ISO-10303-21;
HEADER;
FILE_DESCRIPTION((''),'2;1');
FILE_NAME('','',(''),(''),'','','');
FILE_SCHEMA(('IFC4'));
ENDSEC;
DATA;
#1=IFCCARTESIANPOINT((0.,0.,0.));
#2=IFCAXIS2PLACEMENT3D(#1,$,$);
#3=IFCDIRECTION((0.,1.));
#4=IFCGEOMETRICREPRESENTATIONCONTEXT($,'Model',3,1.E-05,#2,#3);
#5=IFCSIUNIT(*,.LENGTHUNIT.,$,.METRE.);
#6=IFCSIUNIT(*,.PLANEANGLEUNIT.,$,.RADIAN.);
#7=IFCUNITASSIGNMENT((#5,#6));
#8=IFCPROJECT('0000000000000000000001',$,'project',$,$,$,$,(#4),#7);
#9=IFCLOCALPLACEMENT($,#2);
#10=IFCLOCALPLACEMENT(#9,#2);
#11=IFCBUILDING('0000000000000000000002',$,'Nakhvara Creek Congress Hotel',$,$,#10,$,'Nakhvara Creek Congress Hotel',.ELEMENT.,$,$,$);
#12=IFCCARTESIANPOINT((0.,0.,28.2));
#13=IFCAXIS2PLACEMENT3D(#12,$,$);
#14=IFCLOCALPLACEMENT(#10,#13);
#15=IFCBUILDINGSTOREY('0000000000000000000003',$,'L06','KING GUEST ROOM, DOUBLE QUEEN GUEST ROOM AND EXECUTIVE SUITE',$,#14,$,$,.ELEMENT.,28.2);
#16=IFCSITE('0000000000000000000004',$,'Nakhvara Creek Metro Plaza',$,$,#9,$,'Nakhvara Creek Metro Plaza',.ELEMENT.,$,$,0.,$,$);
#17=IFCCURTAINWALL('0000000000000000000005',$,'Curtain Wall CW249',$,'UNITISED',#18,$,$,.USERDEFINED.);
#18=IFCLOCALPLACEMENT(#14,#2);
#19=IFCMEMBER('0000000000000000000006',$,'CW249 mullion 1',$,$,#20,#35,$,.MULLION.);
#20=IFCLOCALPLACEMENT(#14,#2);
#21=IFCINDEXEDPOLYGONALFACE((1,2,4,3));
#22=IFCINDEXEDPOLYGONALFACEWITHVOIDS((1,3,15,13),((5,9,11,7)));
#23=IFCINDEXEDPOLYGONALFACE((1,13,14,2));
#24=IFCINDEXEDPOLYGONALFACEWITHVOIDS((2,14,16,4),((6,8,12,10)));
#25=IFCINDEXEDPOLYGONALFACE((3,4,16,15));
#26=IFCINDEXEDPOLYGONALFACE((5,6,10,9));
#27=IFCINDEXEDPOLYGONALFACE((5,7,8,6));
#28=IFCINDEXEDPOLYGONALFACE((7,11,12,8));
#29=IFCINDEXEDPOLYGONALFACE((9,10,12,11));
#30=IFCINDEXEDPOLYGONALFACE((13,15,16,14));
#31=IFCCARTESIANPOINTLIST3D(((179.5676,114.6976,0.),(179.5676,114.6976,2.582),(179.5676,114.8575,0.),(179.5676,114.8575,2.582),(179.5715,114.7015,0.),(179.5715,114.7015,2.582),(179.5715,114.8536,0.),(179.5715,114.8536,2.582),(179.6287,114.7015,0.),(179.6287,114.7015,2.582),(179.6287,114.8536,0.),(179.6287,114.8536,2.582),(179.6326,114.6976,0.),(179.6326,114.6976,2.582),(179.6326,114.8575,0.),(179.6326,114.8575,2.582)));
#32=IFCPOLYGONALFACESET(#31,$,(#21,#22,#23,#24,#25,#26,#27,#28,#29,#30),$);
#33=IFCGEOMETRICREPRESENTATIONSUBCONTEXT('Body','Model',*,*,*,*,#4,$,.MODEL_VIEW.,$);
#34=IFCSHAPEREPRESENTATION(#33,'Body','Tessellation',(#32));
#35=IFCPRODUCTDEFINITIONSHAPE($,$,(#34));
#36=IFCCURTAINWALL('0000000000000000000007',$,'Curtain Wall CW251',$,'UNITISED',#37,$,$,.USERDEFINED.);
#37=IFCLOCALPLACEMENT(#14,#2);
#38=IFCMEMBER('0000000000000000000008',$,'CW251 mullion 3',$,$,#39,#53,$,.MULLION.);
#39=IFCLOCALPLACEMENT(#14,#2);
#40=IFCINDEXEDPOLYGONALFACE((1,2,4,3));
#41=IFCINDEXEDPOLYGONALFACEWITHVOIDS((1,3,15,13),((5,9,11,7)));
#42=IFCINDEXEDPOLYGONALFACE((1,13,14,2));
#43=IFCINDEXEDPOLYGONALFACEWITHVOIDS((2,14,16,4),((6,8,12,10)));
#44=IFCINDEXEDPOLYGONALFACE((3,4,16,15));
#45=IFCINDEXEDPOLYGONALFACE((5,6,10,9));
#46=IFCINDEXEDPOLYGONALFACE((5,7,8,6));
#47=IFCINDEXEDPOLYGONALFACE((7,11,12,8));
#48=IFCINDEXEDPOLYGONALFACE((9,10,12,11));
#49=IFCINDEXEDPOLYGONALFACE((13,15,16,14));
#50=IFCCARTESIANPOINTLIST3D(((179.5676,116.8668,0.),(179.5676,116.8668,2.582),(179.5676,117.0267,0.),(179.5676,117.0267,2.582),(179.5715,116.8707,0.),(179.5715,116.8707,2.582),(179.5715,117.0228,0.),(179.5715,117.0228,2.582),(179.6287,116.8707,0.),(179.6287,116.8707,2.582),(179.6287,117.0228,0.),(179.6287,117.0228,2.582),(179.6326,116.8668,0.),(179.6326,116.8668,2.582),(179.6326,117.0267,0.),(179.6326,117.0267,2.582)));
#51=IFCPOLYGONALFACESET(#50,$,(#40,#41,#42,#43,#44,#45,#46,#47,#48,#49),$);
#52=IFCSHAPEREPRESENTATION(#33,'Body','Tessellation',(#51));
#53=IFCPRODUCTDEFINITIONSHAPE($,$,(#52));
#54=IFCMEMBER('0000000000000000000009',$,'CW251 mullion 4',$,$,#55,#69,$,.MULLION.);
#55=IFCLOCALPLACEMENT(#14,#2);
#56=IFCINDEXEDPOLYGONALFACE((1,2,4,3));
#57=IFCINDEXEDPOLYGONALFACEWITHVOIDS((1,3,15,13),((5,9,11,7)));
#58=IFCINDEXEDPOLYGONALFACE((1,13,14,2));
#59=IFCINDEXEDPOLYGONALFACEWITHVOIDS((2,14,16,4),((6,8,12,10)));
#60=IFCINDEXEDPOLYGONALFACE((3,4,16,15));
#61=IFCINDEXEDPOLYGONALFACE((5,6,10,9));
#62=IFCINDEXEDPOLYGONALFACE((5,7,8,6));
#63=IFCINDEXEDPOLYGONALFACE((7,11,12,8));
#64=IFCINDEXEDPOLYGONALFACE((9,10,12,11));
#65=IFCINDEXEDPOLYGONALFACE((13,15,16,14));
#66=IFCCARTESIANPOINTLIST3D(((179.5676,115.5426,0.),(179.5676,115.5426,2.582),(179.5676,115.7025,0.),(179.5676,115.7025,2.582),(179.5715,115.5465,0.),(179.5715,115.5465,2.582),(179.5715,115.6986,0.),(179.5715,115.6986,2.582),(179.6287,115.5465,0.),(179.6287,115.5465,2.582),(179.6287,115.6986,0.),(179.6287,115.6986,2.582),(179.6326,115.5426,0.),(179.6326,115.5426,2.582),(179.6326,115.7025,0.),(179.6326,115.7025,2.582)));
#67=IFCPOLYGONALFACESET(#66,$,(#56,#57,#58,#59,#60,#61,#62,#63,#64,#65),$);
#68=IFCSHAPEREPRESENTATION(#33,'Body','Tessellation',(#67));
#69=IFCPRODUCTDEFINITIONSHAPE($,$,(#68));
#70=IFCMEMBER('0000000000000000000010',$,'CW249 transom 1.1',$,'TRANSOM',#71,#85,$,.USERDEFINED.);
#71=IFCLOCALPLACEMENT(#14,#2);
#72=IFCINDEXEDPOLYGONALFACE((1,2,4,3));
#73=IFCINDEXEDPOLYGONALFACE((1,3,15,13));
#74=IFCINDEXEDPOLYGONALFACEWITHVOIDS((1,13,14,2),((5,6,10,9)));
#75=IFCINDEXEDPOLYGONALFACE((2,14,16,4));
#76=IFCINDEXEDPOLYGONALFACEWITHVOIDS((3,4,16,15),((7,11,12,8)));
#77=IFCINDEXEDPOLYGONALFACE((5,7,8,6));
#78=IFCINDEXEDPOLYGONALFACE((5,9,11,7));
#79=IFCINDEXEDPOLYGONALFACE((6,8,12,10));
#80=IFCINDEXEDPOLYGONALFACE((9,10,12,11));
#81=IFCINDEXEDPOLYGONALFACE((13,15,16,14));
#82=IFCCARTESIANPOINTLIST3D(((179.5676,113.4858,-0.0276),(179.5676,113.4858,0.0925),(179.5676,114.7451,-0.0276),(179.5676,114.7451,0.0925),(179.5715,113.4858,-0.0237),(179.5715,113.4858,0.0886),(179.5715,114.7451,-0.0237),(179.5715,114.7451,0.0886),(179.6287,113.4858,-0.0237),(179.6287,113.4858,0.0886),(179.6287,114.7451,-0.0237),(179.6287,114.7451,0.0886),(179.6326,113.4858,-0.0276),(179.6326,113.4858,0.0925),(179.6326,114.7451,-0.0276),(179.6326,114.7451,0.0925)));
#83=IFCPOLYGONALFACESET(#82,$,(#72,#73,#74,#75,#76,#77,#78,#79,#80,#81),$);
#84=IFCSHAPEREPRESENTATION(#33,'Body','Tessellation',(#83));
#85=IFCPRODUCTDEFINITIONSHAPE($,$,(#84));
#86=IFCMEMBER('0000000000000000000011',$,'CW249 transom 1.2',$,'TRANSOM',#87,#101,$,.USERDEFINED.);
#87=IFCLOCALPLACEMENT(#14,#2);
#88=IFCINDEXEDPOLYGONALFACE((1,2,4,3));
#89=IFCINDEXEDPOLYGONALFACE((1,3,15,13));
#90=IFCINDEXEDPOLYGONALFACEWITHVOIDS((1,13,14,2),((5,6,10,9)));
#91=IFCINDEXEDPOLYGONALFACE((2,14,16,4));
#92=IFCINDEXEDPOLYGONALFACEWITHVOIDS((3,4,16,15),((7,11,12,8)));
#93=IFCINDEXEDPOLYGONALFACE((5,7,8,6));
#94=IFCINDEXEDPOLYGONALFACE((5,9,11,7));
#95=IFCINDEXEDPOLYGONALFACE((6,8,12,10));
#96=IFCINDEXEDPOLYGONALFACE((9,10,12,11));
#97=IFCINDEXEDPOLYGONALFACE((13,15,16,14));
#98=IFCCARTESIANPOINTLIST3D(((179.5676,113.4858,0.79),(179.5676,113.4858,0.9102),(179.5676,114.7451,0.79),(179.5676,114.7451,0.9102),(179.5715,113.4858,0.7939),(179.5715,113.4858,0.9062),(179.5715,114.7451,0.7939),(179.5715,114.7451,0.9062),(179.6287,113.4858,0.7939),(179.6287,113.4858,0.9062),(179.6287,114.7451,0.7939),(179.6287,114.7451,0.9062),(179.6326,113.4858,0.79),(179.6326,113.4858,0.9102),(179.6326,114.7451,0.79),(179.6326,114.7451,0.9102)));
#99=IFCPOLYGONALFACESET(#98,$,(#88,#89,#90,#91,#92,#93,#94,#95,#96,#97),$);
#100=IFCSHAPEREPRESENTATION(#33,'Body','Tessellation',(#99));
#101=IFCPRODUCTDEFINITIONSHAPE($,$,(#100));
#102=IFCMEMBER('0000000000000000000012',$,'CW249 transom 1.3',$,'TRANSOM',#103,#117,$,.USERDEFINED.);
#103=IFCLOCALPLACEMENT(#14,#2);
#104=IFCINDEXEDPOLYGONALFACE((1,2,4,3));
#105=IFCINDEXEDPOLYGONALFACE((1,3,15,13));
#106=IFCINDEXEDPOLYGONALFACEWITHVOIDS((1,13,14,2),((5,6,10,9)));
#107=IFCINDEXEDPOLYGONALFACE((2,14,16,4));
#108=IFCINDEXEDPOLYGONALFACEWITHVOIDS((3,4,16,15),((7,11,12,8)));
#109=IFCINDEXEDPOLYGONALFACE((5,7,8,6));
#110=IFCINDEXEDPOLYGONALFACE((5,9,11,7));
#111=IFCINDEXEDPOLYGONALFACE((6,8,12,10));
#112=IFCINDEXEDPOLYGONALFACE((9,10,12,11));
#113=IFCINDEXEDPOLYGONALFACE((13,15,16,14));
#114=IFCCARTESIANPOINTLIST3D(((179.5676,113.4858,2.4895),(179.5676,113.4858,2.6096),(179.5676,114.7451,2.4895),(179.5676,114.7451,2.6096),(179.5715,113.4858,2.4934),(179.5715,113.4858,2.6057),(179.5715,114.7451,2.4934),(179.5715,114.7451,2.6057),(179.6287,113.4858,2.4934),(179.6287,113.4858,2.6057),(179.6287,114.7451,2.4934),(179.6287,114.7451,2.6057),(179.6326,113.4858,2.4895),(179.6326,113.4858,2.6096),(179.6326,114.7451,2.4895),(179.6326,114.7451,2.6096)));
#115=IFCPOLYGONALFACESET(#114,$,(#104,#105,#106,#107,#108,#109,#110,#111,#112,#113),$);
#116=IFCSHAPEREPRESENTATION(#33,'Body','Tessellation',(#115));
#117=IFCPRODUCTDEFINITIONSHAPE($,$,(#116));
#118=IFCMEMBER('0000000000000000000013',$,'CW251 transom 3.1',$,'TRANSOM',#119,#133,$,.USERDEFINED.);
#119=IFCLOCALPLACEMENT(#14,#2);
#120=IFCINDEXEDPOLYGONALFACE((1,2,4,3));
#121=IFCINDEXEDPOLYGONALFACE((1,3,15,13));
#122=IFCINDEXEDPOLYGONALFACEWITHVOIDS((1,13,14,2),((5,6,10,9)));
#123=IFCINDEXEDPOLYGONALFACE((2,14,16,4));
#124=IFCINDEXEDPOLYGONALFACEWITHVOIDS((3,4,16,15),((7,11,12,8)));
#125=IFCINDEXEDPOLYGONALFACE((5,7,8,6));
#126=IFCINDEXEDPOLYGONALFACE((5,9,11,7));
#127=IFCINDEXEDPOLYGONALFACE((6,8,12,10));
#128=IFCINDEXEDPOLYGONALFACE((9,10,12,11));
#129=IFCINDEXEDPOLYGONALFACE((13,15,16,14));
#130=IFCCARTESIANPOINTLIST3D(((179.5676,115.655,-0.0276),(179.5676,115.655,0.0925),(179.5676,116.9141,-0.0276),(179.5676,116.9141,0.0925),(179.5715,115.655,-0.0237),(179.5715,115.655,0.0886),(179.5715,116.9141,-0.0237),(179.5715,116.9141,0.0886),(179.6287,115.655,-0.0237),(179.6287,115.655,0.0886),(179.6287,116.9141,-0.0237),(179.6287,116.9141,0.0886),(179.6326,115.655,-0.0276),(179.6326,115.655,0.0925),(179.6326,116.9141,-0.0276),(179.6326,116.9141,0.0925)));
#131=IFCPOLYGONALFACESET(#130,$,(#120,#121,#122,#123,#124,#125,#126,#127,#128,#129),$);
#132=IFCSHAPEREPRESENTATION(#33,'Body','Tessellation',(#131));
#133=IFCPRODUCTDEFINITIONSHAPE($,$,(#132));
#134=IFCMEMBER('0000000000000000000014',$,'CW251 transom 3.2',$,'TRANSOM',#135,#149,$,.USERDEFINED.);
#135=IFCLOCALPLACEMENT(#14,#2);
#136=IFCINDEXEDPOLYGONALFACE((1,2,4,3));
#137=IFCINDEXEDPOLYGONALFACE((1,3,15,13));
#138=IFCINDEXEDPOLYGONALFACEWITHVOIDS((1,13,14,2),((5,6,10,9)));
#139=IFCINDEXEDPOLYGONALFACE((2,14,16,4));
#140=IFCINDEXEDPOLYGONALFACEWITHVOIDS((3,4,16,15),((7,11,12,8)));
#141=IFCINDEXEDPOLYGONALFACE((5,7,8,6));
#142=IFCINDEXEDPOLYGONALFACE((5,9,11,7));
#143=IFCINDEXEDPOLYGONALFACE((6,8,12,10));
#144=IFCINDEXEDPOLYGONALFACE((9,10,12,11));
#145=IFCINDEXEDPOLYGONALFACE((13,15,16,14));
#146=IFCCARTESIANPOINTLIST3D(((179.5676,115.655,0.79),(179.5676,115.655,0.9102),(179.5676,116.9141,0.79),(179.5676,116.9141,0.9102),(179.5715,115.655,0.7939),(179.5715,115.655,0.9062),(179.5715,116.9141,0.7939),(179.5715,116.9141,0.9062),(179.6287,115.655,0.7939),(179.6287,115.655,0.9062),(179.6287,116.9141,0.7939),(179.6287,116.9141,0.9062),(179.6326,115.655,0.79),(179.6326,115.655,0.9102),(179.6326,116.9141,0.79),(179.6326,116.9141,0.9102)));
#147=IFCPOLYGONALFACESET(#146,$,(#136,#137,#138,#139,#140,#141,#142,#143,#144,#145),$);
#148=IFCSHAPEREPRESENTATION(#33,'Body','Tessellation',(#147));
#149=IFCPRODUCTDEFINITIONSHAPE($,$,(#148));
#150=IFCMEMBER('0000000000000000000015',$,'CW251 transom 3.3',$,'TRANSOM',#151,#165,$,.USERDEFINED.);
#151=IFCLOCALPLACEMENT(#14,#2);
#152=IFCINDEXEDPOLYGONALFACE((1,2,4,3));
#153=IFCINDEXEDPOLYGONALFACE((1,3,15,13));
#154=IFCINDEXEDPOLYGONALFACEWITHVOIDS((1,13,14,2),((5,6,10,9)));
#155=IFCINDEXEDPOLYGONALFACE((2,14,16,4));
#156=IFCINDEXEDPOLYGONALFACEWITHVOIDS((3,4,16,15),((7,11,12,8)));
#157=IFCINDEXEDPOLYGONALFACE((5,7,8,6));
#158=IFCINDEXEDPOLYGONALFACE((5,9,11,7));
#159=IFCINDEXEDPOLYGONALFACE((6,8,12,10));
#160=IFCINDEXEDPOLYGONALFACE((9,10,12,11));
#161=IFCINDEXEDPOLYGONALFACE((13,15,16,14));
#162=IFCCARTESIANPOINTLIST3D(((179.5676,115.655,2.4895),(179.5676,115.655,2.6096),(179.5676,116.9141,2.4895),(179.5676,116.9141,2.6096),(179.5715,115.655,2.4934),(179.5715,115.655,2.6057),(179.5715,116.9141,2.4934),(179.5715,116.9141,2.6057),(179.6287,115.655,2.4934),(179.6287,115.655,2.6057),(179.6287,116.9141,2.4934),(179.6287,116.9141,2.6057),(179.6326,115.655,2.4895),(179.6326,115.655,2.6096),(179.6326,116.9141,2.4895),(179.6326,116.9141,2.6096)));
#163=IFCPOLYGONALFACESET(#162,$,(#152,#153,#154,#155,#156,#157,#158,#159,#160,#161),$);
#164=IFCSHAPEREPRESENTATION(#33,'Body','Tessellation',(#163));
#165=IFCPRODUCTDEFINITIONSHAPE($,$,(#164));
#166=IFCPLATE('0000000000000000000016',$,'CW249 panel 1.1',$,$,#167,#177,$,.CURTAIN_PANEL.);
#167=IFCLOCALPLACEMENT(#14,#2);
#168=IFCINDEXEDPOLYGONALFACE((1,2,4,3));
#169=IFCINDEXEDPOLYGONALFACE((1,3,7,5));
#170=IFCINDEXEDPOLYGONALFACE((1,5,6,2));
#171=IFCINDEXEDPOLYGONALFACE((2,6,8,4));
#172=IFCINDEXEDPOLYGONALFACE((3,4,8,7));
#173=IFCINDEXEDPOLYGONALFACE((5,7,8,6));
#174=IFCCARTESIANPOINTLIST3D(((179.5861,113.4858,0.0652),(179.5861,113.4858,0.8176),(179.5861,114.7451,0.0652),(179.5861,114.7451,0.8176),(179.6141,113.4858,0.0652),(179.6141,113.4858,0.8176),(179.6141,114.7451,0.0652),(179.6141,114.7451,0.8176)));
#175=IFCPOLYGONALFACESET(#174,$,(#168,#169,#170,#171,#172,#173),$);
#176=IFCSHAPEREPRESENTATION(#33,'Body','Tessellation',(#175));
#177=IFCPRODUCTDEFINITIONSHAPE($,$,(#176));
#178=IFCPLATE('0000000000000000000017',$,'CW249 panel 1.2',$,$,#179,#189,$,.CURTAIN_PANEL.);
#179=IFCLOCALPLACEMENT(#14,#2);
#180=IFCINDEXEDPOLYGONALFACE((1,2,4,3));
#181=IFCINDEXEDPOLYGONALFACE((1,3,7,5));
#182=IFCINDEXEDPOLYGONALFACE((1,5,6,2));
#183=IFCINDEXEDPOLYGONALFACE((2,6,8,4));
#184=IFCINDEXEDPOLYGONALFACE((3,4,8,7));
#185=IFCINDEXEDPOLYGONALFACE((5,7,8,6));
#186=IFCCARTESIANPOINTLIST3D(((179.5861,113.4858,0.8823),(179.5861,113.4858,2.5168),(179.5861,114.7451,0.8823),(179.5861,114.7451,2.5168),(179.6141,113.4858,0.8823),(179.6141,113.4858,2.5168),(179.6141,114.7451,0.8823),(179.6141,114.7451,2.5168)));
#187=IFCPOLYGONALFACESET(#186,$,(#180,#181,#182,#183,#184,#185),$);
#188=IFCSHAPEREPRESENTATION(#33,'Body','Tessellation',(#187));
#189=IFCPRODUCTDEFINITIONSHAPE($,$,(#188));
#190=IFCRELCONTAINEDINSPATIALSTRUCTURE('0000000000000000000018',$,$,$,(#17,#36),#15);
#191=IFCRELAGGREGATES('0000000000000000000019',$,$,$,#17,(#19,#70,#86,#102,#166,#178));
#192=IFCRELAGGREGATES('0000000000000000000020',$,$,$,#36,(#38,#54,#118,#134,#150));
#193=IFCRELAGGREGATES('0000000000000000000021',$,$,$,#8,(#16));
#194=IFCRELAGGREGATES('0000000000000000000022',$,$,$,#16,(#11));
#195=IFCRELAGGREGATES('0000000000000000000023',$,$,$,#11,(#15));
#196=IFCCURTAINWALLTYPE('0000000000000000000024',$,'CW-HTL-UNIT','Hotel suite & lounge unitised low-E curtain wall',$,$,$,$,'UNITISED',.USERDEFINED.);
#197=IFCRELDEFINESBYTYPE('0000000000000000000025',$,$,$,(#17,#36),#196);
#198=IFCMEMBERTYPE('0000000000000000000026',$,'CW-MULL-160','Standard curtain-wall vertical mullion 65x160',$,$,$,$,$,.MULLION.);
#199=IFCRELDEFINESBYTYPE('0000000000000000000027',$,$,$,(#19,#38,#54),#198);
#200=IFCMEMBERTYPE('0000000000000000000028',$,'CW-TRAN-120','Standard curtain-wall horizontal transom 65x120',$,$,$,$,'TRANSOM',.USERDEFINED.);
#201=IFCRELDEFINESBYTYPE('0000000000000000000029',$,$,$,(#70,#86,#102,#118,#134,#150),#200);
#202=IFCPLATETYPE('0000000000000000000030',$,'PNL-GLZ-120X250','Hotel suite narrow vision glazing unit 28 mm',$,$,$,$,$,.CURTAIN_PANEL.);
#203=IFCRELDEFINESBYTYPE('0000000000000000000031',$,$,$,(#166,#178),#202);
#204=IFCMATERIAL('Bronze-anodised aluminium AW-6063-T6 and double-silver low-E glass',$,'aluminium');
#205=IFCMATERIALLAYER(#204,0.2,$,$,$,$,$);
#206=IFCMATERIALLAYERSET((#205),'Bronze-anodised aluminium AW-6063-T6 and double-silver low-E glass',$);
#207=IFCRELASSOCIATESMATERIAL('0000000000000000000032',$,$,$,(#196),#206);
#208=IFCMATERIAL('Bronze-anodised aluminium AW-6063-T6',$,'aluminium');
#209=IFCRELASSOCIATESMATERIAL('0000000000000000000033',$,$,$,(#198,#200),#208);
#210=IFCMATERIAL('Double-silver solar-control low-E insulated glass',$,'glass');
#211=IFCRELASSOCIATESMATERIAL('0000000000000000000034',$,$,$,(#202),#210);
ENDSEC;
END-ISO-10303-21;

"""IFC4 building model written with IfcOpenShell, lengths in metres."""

from ifc_helpers import new_model, si_unit, direction, frame, origin, origin_2d, place, context, subcontext, project, spatial, rectangle, hollow_rectangle, extrude, material, layer, layer_set, material_profile, profile_set, type_object, element, aggregate, save


model = new_model("IFC4")

# Units and contexts
model_context = context("Model", 3, precision=1e-05, world=origin(), true_north=direction((0.0, 1.0)))
body_context = subcontext(model_context, "Body", "Model", "MODEL_VIEW")
ifc_project = project(units=[si_unit("LENGTHUNIT", "METRE"), si_unit("PLANEANGLEUNIT", "RADIAN")], contexts=[model_context])

# Site, building, storey
site_placement = place(None, origin())
site = spatial("IfcSite", under=ifc_project, at=site_placement, Name="Nakhvara Creek Metro Plaza", LongName="Nakhvara Creek Metro Plaza", CompositionType="ELEMENT", RefElevation=0.0)
building_placement = place(site_placement, origin())
building = spatial("IfcBuilding", under=site, at=building_placement, Name="Nakhvara Creek Congress Hotel", LongName="Nakhvara Creek Congress Hotel", CompositionType="ELEMENT")
storey_placement = place(building_placement, frame((0.0, 0.0, 28.2)))
storey = spatial("IfcBuildingStorey", under=building, at=storey_placement, Name="L06", Description="KING GUEST ROOM, DOUBLE QUEEN GUEST ROOM AND EXECUTIVE SUITE", CompositionType="ELEMENT", Elevation=28.2)

# Curtain wall, member
ifc_material_1 = material(Name="Bronze-anodised aluminium AW-6063-T6 and double-silver low-E glass", Category="aluminium")
ifc_layer_1 = layer(ifc_material_1, 0.2)
ifc_layer_set_1 = layer_set([ifc_layer_1], Name="Bronze-anodised aluminium AW-6063-T6 and double-silver low-E glass")
curtain_wall_type = type_object("IfcCurtainWallType", Name="CW-HTL-UNIT", Description="Hotel suite & lounge unitised low-E curtain wall", ElementType="UNITISED", PredefinedType="USERDEFINED", material=ifc_layer_set_1)
curtain_wall_1_placement = place(storey_placement, origin())
curtain_wall_1 = element("IfcCurtainWall", 1, at=curtain_wall_1_placement, inside=storey, type_object=curtain_wall_type, Name="Curtain Wall CW249", ObjectType="UNITISED", PredefinedType="USERDEFINED")
ifc_material_2 = material(Name="Bronze-anodised aluminium AW-6063-T6", Category="aluminium")
ifc_material_profile_1 = material_profile(ifc_material_2, hollow_rectangle(XDim=0.0649, YDim=0.1599, WallThickness=0.0039, at=origin_2d()), Name="ALU-MULL 65x160x4", Category="LoadBearing")
ifc_profile_set_1 = profile_set([ifc_material_profile_1], Name="Bronze-anodised aluminium AW-6063-T6")
member_type_1 = type_object("IfcMemberType", Name="CW-MULL-160", Description="Standard curtain-wall vertical mullion 65x160", PredefinedType="MULLION", material=ifc_profile_set_1)
member_1_placement = place(storey_placement, frame((179.6001, 114.7776, 0.0), z_axis=(0.0, 0.0, 1.0), x_axis=(1.0, 0.0, 0.0)))
member_1 = element("IfcMember", 2, at=member_1_placement, type_object=member_type_1, Name="CW249 mullion 1", PredefinedType="MULLION", context=body_context, shape_type="SweptSolid", body=[
    extrude(hollow_rectangle(XDim=0.0649, YDim=0.1599, WallThickness=0.0039, at=origin_2d()), origin(), (0.0, 0.0, 1.0), 2.582),
])

# Curtain wall, members
curtain_wall_2_placement = place(storey_placement, origin())
curtain_wall_2 = element("IfcCurtainWall", 3, at=curtain_wall_2_placement, inside=storey, type_object=curtain_wall_type, Name="Curtain Wall CW251", ObjectType="UNITISED", PredefinedType="USERDEFINED")
member_2_placement = place(storey_placement, frame((179.6001, 116.9468, 0.0), z_axis=(0.0, 0.0, 1.0), x_axis=(1.0, 0.0, 0.0)))
member_2 = element("IfcMember", 4, at=member_2_placement, type_object=member_type_1, Name="CW251 mullion 3", PredefinedType="MULLION", context=body_context, shape_type="SweptSolid", body=[
    extrude(hollow_rectangle(XDim=0.0649, YDim=0.1599, WallThickness=0.0039, at=origin_2d()), origin(), (0.0, 0.0, 1.0), 2.582),
])
member_3_placement = place(storey_placement, frame((179.6001, 115.6226, 0.0), z_axis=(0.0, 0.0, 1.0), x_axis=(1.0, 0.0, 0.0)))
member_3 = element("IfcMember", 5, at=member_3_placement, type_object=member_type_1, Name="CW251 mullion 4", PredefinedType="MULLION", context=body_context, shape_type="SweptSolid", body=[
    extrude(hollow_rectangle(XDim=0.0649, YDim=0.1599, WallThickness=0.0039, at=origin_2d()), origin(), (0.0, 0.0, 1.0), 2.582),
])

# Members
ifc_material_profile_2 = material_profile(ifc_material_2, hollow_rectangle(XDim=0.0649, YDim=0.1201, WallThickness=0.0039, at=origin_2d()), Name="ALU-TRAN 65x120x4", Category="LoadBearing")
ifc_profile_set_2 = profile_set([ifc_material_profile_2], Name="Bronze-anodised aluminium AW-6063-T6")
member_type_2 = type_object("IfcMemberType", Name="CW-TRAN-120", Description="Standard curtain-wall horizontal transom 65x120", ElementType="TRANSOM", PredefinedType="USERDEFINED", material=ifc_profile_set_2)
member_4_placement = place(storey_placement, frame((179.6001, 114.7451, 0.0325), z_axis=(0.0, -1.0, 0.0), x_axis=(1.0, 0.0, 0.0)))
member_4 = element("IfcMember", 6, at=member_4_placement, type_object=member_type_2, Name="CW249 transom 1.1", ObjectType="TRANSOM", PredefinedType="USERDEFINED", context=body_context, shape_type="SweptSolid", body=[
    extrude(hollow_rectangle(XDim=0.0649, YDim=0.1201, WallThickness=0.0039, at=origin_2d()), origin(), (0.0, 0.0, 1.0), 1.2593),
])
member_5_placement = place(storey_placement, frame((179.6001, 114.7451, 0.8501), z_axis=(0.0, -1.0, 0.0), x_axis=(1.0, 0.0, 0.0)))
member_5 = element("IfcMember", 7, at=member_5_placement, type_object=member_type_2, Name="CW249 transom 1.2", ObjectType="TRANSOM", PredefinedType="USERDEFINED", context=body_context, shape_type="SweptSolid", body=[
    extrude(hollow_rectangle(XDim=0.0649, YDim=0.1201, WallThickness=0.0039, at=origin_2d()), origin(), (0.0, 0.0, 1.0), 1.2593),
])
member_6_placement = place(storey_placement, frame((179.6001, 114.7451, 2.5496), z_axis=(0.0, -1.0, 0.0), x_axis=(1.0, 0.0, 0.0)))
member_6 = element("IfcMember", 8, at=member_6_placement, type_object=member_type_2, Name="CW249 transom 1.3", ObjectType="TRANSOM", PredefinedType="USERDEFINED", context=body_context, shape_type="SweptSolid", body=[
    extrude(hollow_rectangle(XDim=0.0649, YDim=0.1201, WallThickness=0.0039, at=origin_2d()), origin(), (0.0, 0.0, 1.0), 1.2593),
])
member_7_placement = place(storey_placement, frame((179.6001, 116.9141, 0.0325), z_axis=(0.0, -1.0, 0.0), x_axis=(1.0, 0.0, 0.0)))
member_7 = element("IfcMember", 9, at=member_7_placement, type_object=member_type_2, Name="CW251 transom 3.1", ObjectType="TRANSOM", PredefinedType="USERDEFINED", context=body_context, shape_type="SweptSolid", body=[
    extrude(hollow_rectangle(XDim=0.0649, YDim=0.1201, WallThickness=0.0039, at=origin_2d()), origin(), (0.0, 0.0, 1.0), 1.259),
])
member_8_placement = place(storey_placement, frame((179.6001, 116.9141, 0.8501), z_axis=(0.0, -1.0, 0.0), x_axis=(1.0, 0.0, 0.0)))
member_8 = element("IfcMember", 10, at=member_8_placement, type_object=member_type_2, Name="CW251 transom 3.2", ObjectType="TRANSOM", PredefinedType="USERDEFINED", context=body_context, shape_type="SweptSolid", body=[
    extrude(hollow_rectangle(XDim=0.0649, YDim=0.1201, WallThickness=0.0039, at=origin_2d()), origin(), (0.0, 0.0, 1.0), 1.259),
])
member_9_placement = place(storey_placement, frame((179.6001, 116.9141, 2.5496), z_axis=(0.0, -1.0, 0.0), x_axis=(1.0, 0.0, 0.0)))
member_9 = element("IfcMember", 11, at=member_9_placement, type_object=member_type_2, Name="CW251 transom 3.3", ObjectType="TRANSOM", PredefinedType="USERDEFINED", context=body_context, shape_type="SweptSolid", body=[
    extrude(hollow_rectangle(XDim=0.0649, YDim=0.1201, WallThickness=0.0039, at=origin_2d()), origin(), (0.0, 0.0, 1.0), 1.259),
])

# Plates
ifc_material_3 = material(Name="Double-silver solar-control low-E insulated glass", Category="glass")
plate_type = type_object("IfcPlateType", Name="PNL-GLZ-120X250", Description="Hotel suite narrow vision glazing unit 28 mm", PredefinedType="CURTAIN_PANEL", material=ifc_material_3)
plate_1_placement = place(storey_placement, frame((179.6001, 114.1155, 0.0652), z_axis=(0.0, 0.0, 1.0), x_axis=(0.0, -1.0, 0.0)))
plate_1 = element("IfcPlate", 12, at=plate_1_placement, type_object=plate_type, Name="CW249 panel 1.1", PredefinedType="CURTAIN_PANEL", context=body_context, shape_type="SweptSolid", body=[
    extrude(rectangle(XDim=1.2593, YDim=0.0281, at=origin_2d()), origin(), (0.0, 0.0, 1.0), 0.7524),
])
plate_2_placement = place(storey_placement, frame((179.6001, 114.1155, 0.8823), z_axis=(0.0, 0.0, 1.0), x_axis=(0.0, -1.0, 0.0)))
plate_2 = element("IfcPlate", 13, at=plate_2_placement, type_object=plate_type, Name="CW249 panel 1.2", PredefinedType="CURTAIN_PANEL", context=body_context, shape_type="SweptSolid", body=[
    extrude(rectangle(XDim=1.2593, YDim=0.0281, at=origin_2d()), origin(), (0.0, 0.0, 1.0), 1.6345),
])
aggregate(curtain_wall_1, [member_1, member_4, member_5, member_6, plate_1, plate_2])
aggregate(curtain_wall_2, [member_2, member_3, member_7, member_8, member_9])

save(model, "model.ifc")
